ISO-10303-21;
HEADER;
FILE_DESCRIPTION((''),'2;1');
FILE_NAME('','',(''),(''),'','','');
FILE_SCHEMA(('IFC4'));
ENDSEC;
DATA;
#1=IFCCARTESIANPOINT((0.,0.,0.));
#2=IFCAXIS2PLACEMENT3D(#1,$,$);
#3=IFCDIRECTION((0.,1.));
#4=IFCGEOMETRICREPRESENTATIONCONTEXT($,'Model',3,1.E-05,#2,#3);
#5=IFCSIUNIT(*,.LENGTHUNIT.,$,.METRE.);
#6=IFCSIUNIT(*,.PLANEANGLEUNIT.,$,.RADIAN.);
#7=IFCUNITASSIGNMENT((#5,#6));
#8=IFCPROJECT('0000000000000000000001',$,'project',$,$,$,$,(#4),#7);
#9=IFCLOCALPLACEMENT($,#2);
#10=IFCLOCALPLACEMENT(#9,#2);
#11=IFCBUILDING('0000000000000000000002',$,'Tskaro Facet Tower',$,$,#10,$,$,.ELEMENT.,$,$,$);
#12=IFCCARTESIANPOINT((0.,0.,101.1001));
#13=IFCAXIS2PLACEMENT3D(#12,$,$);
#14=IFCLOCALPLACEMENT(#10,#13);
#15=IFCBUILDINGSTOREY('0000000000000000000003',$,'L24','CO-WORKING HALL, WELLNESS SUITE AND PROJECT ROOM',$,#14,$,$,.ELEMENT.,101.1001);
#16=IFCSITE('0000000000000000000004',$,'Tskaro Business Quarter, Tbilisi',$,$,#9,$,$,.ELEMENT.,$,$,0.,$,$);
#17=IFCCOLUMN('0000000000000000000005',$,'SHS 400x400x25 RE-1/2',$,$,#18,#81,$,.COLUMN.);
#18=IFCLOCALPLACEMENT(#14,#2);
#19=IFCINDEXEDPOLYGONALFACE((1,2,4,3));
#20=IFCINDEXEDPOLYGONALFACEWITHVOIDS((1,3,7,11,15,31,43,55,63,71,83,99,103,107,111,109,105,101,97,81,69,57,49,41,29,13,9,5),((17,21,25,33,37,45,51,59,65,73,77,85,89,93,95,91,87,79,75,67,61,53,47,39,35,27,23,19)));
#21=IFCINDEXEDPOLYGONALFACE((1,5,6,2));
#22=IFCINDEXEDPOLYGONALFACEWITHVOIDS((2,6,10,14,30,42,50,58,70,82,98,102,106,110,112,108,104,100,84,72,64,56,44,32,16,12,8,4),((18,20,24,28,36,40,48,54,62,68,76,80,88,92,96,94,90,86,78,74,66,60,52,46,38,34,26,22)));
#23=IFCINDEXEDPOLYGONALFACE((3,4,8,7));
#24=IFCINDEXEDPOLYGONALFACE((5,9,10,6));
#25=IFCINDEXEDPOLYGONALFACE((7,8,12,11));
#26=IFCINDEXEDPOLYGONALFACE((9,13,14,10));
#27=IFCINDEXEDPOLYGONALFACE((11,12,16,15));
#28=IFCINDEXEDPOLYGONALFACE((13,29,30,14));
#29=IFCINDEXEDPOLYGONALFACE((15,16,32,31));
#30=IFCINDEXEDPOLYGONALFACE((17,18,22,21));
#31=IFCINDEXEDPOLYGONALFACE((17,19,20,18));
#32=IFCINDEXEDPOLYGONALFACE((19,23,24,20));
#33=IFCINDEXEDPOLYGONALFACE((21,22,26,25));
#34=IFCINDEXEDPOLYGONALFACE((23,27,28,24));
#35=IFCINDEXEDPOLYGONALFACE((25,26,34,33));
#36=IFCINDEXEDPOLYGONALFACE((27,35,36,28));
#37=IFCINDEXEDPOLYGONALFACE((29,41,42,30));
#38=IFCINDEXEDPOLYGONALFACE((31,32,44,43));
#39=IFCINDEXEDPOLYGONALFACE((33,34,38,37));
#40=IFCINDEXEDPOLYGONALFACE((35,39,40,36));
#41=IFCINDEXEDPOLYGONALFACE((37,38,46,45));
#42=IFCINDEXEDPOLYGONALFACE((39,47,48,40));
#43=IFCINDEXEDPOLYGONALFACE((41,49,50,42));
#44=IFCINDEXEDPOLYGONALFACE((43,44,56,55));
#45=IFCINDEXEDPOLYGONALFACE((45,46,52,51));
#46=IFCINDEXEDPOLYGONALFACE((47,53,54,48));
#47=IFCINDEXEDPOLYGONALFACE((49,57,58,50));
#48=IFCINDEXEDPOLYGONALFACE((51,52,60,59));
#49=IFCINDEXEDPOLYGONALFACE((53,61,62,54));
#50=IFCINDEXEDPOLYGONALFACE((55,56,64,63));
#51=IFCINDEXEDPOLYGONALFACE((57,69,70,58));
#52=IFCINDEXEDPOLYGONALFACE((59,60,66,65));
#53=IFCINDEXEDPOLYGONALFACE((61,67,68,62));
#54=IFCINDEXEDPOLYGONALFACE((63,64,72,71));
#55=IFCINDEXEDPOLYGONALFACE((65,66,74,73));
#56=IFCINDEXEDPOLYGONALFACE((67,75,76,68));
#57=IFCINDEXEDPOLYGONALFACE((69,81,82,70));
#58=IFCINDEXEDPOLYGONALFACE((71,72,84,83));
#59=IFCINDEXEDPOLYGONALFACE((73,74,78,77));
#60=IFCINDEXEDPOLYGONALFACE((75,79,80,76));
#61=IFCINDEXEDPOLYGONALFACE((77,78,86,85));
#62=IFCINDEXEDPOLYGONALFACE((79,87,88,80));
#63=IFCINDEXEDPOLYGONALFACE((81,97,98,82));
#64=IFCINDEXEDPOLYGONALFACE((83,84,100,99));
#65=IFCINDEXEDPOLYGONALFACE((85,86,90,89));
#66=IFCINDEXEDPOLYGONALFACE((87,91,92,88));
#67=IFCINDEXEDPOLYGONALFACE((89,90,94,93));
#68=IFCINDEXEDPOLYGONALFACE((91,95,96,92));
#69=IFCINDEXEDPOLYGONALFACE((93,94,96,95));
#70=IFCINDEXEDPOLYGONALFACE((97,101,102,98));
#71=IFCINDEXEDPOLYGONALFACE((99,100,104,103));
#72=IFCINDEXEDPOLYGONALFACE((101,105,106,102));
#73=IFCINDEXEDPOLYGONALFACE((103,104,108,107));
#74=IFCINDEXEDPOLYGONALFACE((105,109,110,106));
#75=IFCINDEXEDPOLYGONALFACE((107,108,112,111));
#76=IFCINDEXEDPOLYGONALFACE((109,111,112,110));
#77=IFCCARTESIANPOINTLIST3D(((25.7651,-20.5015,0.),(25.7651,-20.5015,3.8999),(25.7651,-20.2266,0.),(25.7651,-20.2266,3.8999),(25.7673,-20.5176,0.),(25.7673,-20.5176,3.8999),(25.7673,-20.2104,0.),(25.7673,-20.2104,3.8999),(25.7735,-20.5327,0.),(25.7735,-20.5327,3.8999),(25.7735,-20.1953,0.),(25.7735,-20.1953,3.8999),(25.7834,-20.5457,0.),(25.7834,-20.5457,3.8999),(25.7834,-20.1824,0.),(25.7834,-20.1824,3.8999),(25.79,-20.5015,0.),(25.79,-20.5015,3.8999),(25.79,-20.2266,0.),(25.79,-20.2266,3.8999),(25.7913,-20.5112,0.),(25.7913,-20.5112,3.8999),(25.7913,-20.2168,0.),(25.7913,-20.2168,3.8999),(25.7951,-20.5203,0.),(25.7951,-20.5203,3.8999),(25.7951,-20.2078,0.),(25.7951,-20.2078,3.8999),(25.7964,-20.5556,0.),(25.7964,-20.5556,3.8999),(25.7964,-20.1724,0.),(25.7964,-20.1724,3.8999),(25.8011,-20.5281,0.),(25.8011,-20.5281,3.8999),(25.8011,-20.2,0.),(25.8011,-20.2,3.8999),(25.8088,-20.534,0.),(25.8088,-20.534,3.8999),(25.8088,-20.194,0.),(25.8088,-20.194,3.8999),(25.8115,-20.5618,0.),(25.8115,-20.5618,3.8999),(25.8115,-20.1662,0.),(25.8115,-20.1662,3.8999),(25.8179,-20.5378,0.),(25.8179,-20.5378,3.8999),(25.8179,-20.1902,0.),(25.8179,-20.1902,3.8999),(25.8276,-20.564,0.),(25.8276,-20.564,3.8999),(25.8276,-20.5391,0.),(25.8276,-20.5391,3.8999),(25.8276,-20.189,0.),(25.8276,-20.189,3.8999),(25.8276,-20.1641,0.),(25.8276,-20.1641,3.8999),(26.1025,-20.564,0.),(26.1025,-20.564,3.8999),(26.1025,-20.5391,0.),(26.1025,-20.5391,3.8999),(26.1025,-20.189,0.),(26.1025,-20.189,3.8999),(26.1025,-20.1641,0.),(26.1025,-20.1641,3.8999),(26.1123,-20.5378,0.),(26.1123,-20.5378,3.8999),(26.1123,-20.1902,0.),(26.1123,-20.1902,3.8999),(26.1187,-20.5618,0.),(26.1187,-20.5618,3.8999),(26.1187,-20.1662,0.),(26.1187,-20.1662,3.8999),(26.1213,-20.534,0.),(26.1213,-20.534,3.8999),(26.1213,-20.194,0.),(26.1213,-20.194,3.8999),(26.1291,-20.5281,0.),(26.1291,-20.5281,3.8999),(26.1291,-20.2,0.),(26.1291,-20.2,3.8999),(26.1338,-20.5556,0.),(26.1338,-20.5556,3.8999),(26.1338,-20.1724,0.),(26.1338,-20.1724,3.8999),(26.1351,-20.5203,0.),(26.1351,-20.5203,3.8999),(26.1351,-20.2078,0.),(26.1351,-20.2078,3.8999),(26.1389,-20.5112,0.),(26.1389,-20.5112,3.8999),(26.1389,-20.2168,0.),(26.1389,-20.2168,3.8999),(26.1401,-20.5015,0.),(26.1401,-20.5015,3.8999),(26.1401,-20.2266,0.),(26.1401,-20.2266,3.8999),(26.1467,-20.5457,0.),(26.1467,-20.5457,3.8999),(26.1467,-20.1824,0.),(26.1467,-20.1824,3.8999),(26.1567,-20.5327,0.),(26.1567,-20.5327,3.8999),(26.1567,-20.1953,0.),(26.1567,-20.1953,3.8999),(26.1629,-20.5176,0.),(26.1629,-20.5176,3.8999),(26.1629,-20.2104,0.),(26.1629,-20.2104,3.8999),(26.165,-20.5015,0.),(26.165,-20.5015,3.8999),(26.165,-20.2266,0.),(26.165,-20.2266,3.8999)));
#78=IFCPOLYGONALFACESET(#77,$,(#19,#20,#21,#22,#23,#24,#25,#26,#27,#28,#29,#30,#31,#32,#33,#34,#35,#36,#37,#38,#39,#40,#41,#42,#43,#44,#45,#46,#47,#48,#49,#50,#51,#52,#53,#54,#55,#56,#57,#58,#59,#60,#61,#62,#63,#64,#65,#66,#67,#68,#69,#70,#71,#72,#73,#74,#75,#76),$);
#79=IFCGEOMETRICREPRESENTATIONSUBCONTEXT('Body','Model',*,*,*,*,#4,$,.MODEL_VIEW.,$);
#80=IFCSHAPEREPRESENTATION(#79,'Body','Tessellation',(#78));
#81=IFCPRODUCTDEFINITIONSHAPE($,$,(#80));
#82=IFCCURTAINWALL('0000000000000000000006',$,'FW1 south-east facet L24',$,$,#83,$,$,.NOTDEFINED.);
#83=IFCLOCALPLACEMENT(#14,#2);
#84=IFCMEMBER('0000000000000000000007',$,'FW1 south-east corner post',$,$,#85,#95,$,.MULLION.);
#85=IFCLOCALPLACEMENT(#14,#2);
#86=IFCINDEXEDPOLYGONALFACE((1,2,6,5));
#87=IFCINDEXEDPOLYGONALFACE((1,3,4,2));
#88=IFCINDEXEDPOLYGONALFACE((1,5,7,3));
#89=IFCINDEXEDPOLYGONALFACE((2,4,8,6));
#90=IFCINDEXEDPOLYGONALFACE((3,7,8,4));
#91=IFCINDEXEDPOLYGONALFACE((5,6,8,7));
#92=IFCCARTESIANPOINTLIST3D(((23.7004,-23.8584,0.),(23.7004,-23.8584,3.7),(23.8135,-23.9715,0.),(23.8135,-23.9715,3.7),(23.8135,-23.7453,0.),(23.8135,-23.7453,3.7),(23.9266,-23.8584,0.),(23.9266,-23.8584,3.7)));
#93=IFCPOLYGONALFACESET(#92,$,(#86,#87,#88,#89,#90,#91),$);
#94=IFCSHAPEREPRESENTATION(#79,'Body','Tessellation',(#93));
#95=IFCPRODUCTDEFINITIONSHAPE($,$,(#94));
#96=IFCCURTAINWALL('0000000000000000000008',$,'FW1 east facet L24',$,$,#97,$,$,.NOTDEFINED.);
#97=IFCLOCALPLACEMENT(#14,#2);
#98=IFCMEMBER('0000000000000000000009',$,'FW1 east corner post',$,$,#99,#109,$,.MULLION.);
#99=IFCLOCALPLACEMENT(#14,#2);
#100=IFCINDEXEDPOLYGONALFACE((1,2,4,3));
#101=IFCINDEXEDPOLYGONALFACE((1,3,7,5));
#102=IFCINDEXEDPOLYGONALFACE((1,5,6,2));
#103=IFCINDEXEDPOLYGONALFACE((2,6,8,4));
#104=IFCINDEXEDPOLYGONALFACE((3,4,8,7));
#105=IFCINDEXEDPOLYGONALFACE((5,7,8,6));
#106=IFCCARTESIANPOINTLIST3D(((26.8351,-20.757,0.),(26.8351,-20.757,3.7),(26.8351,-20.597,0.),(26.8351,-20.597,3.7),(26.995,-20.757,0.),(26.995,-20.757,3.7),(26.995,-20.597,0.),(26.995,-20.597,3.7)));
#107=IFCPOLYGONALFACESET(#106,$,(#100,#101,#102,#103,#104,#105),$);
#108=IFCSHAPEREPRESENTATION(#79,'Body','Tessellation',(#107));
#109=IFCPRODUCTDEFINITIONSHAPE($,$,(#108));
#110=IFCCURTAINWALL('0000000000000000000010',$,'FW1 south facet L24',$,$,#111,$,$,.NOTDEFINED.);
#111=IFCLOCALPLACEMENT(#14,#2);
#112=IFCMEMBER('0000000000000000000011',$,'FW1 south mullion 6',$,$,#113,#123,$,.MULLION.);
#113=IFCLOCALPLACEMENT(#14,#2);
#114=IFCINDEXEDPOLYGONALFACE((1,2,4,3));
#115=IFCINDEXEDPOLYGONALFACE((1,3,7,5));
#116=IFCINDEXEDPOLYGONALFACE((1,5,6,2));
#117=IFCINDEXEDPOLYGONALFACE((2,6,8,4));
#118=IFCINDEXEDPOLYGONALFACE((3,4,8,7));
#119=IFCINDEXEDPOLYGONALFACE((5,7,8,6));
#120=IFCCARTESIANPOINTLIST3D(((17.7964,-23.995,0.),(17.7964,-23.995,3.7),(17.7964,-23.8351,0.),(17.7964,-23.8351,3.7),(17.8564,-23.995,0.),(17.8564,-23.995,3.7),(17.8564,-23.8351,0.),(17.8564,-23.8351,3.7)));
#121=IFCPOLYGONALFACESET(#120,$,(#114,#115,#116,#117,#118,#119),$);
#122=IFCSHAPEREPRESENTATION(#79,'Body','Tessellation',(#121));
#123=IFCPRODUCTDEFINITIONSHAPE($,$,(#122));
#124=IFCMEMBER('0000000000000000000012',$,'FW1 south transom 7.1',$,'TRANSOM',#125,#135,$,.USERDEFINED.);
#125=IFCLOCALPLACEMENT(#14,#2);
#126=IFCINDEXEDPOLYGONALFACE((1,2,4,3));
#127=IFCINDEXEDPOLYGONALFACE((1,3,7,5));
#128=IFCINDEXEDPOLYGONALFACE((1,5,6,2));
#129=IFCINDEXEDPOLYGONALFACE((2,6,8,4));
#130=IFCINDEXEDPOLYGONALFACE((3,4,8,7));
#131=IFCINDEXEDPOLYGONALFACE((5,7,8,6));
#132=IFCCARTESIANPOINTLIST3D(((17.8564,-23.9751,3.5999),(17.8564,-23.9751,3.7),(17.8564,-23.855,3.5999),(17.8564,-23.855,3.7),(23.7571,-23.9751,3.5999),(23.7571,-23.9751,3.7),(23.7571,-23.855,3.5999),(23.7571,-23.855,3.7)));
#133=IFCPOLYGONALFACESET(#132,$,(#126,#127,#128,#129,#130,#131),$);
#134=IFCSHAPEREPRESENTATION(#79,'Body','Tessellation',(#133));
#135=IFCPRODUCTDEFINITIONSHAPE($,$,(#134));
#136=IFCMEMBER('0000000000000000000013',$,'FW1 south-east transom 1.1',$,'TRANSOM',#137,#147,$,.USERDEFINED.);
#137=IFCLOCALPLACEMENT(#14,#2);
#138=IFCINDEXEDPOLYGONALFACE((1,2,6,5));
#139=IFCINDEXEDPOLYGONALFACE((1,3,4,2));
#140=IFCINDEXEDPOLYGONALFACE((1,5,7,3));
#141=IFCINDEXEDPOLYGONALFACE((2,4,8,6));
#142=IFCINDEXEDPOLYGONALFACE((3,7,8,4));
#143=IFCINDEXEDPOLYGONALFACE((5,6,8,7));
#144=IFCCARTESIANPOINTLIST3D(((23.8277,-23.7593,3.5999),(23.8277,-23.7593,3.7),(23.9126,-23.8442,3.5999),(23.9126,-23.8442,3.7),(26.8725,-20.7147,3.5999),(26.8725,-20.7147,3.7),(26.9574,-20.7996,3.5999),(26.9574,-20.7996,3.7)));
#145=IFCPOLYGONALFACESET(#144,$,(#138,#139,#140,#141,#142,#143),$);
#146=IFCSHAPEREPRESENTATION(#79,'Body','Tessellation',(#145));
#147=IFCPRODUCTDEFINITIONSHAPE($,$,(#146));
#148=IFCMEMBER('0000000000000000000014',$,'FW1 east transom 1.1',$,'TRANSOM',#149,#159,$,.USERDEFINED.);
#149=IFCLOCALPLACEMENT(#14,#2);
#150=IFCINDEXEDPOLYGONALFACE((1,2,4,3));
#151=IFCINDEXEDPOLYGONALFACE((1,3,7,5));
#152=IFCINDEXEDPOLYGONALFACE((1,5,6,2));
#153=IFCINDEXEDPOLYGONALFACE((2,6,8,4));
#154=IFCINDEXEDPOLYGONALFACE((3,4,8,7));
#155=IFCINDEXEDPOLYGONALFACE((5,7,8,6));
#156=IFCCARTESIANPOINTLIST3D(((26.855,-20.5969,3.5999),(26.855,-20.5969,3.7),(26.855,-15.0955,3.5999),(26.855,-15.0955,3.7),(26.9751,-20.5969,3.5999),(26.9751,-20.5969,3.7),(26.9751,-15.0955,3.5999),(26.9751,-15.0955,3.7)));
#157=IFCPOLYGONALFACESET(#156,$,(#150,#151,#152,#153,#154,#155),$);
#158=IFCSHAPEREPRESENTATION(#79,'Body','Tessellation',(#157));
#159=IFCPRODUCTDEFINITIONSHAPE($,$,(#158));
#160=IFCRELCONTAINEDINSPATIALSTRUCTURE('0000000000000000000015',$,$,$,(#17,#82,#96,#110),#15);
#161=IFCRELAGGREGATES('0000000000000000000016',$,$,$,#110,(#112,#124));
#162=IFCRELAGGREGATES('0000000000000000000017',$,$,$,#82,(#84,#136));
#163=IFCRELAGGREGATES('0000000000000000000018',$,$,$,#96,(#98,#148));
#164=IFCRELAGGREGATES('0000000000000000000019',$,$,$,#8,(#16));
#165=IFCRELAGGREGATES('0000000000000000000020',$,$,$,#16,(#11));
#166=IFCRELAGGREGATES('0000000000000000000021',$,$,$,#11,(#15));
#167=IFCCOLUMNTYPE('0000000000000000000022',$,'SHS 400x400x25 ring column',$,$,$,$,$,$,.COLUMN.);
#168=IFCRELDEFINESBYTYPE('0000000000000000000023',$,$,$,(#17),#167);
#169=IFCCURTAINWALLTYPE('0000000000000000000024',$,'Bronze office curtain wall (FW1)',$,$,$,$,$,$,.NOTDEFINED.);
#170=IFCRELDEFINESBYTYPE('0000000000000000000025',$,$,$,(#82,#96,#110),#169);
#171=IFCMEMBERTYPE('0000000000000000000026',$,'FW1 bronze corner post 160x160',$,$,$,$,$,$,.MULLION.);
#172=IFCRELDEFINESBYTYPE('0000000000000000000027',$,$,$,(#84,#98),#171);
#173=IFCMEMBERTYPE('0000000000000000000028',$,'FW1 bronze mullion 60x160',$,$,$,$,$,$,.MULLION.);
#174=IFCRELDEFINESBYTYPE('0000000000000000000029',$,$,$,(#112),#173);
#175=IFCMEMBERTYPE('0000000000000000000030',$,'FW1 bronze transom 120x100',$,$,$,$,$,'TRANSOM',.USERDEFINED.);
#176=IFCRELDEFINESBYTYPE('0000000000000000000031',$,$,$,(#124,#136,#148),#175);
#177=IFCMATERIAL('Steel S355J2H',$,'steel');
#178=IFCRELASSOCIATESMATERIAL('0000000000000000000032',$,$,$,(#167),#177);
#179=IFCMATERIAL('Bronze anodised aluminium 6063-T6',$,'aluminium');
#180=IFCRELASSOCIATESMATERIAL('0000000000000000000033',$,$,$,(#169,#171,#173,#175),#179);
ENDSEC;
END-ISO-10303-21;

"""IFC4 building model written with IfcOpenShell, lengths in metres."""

from ifc_helpers import new_model, si_unit, direction, frame, origin, origin_2d, place, context, subcontext, project, spatial, rectangle, hollow_rectangle, extrude, material, material_profile, profile_set, type_object, element, aggregate, save


model = new_model("IFC4")

# Units and contexts
model_context = context("Model", 3, precision=1e-05, world=origin(), true_north=direction((0.0, 1.0)))
body_context = subcontext(model_context, "Body", "Model", "MODEL_VIEW")
ifc_project = project(units=[si_unit("LENGTHUNIT", "METRE"), si_unit("PLANEANGLEUNIT", "RADIAN")], contexts=[model_context])

# Site, building, storey
site_placement = place(None, origin())
site = spatial("IfcSite", under=ifc_project, at=site_placement, Name="Tskaro Business Quarter, Tbilisi", CompositionType="ELEMENT", RefElevation=0.0)
building_placement = place(site_placement, origin())
building = spatial("IfcBuilding", under=site, at=building_placement, Name="Tskaro Facet Tower", CompositionType="ELEMENT")
storey_placement = place(building_placement, frame((0.0, 0.0, 101.1001)))
storey = spatial("IfcBuildingStorey", under=building, at=storey_placement, Name="L24", Description="CO-WORKING HALL, WELLNESS SUITE AND PROJECT ROOM", CompositionType="ELEMENT", Elevation=101.1001)

# Column
ifc_material_1 = material(Name="Steel S355J2H", Category="steel")
ifc_material_profile_1 = material_profile(ifc_material_1, hollow_rectangle(XDim=0.3999, YDim=0.3999, WallThickness=0.0249, InnerFilletRadius=0.0376, OuterFilletRadius=0.0625, at=origin_2d()), Name="SHS 400x400x25")
ifc_profile_set_1 = profile_set([ifc_material_profile_1], Name="Steel S355J2H")
column_type_1 = type_object("IfcColumnType", Name="SHS 400x400x25 ring column", PredefinedType="COLUMN", material=ifc_profile_set_1)
for number, where, z_axis, x_axis, name in (
    (1, (25.9651, -20.364, 0.0), (0.0, 0.0, 1.0), (1.0, 0.0, 0.0), "SHS 400x400x25 RE-1/2"),
):
    element("IfcColumn", number, at=place(storey_placement, frame(where, z_axis=z_axis, x_axis=x_axis)), inside=storey, type_object=column_type_1, Name=name, PredefinedType="COLUMN", context=body_context, shape_type="SweptSolid", body=[
        extrude(hollow_rectangle(XDim=0.3999, YDim=0.3999, WallThickness=0.0249, InnerFilletRadius=0.0376, OuterFilletRadius=0.0625, at=origin_2d()), origin(), (0.0, 0.0, 1.0), 3.8999),
    ])

# Curtain walls, members
ifc_material_2 = material(Name="Bronze anodised aluminium 6063-T6", Category="aluminium")
curtain_wall_type = type_object("IfcCurtainWallType", Name="Bronze office curtain wall (FW1)", PredefinedType="NOTDEFINED", material=ifc_material_2)
curtain_wall_1_placement = place(storey_placement, origin())
curtain_wall_1 = element("IfcCurtainWall", 2, at=curtain_wall_1_placement, inside=storey, type_object=curtain_wall_type, Name="FW1 south-east facet L24", PredefinedType="NOTDEFINED")
ifc_material_profile_2 = material_profile(ifc_material_2, rectangle(XDim=0.1599, YDim=0.1599, at=origin_2d()), Name="Corner post 160x160")
ifc_profile_set_2 = profile_set([ifc_material_profile_2], Name="Bronze anodised aluminium 6063-T6")
member_type_1 = type_object("IfcMemberType", Name="FW1 bronze corner post 160x160", PredefinedType="MULLION", material=ifc_profile_set_2)
member_1_placement = place(storey_placement, frame((23.8135, -23.8584, 0.0), z_axis=(0.0, 0.0, 1.0), x_axis=(0.707107, 0.707107, 0.0)))
member_1 = element("IfcMember", 3, at=member_1_placement, type_object=member_type_1, Name="FW1 south-east corner post", PredefinedType="MULLION", context=body_context, shape_type="SweptSolid", body=[
    extrude(rectangle(XDim=0.1599, YDim=0.1599, at=origin_2d()), origin(), (0.0, 0.0, 1.0), 3.7),
])
curtain_wall_2_placement = place(storey_placement, origin())
curtain_wall_2 = element("IfcCurtainWall", 4, at=curtain_wall_2_placement, inside=storey, type_object=curtain_wall_type, Name="FW1 east facet L24", PredefinedType="NOTDEFINED")
member_2_placement = place(storey_placement, frame((26.915, -20.677, 0.0), z_axis=(0.0, 0.0, 1.0), x_axis=(0.0, 1.0, 0.0)))
member_2 = element("IfcMember", 5, at=member_2_placement, type_object=member_type_1, Name="FW1 east corner post", PredefinedType="MULLION", context=body_context, shape_type="SweptSolid", body=[
    extrude(rectangle(XDim=0.1599, YDim=0.1599, at=origin_2d()), origin(), (0.0, 0.0, 1.0), 3.7),
])

# Curtain wall, members
curtain_wall_3_placement = place(storey_placement, origin())
curtain_wall_3 = element("IfcCurtainWall", 6, at=curtain_wall_3_placement, inside=storey, type_object=curtain_wall_type, Name="FW1 south facet L24", PredefinedType="NOTDEFINED")
ifc_material_profile_3 = material_profile(ifc_material_2, rectangle(XDim=0.0601, YDim=0.1599, at=origin_2d()), Name="Mullion 60x160")
ifc_profile_set_3 = profile_set([ifc_material_profile_3], Name="Bronze anodised aluminium 6063-T6")
member_type_2 = type_object("IfcMemberType", Name="FW1 bronze mullion 60x160", PredefinedType="MULLION", material=ifc_profile_set_3)
member_3_placement = place(storey_placement, frame((17.8264, -23.915, 0.0), z_axis=(0.0, 0.0, 1.0), x_axis=(1.0, 0.0, 0.0)))
member_3 = element("IfcMember", 7, at=member_3_placement, type_object=member_type_2, Name="FW1 south mullion 6", PredefinedType="MULLION", context=body_context, shape_type="SweptSolid", body=[
    extrude(rectangle(XDim=0.0601, YDim=0.1599, at=origin_2d()), origin(), (0.0, 0.0, 1.0), 3.7),
])
ifc_material_profile_4 = material_profile(ifc_material_2, rectangle(XDim=0.1201, YDim=0.1001, at=origin_2d()), Name="Transom 120x100")
ifc_profile_set_4 = profile_set([ifc_material_profile_4], Name="Bronze anodised aluminium 6063-T6")
member_type_3 = type_object("IfcMemberType", Name="FW1 bronze transom 120x100", ElementType="TRANSOM", PredefinedType="USERDEFINED", material=ifc_profile_set_4)
member_4_placement = place(storey_placement, frame((17.8564, -23.915, 3.6499), z_axis=(1.0, 0.0, 0.0), x_axis=(0.0, 1.0, 0.0)))
member_4 = element("IfcMember", 8, at=member_4_placement, type_object=member_type_3, Name="FW1 south transom 7.1", ObjectType="TRANSOM", PredefinedType="USERDEFINED", context=body_context, shape_type="SweptSolid", body=[
    extrude(rectangle(XDim=0.1201, YDim=0.1001, at=origin_2d()), origin(), (0.0, 0.0, 1.0), 5.9006),
])

# Members
member_5_placement = place(storey_placement, frame((23.8701, -23.8018, 3.6499), z_axis=(0.707135, 0.707078, 0.0), x_axis=(-0.707078, 0.707135, 0.0)))
member_5 = element("IfcMember", 9, at=member_5_placement, type_object=member_type_3, Name="FW1 south-east transom 1.1", ObjectType="TRANSOM", PredefinedType="USERDEFINED", context=body_context, shape_type="SweptSolid", body=[
    extrude(rectangle(XDim=0.1201, YDim=0.1001, at=origin_2d()), origin(), (0.0, 0.0, 1.0), 4.3059),
])
member_6_placement = place(storey_placement, frame((26.915, -20.5969, 3.6499), z_axis=(0.0, 1.0, 0.0), x_axis=(-1.0, 0.0, 0.0)))
member_6 = element("IfcMember", 10, at=member_6_placement, type_object=member_type_3, Name="FW1 east transom 1.1", ObjectType="TRANSOM", PredefinedType="USERDEFINED", context=body_context, shape_type="SweptSolid", body=[
    extrude(rectangle(XDim=0.1201, YDim=0.1001, at=origin_2d()), origin(), (0.0, 0.0, 1.0), 5.5015),
])

aggregate(curtain_wall_3, [member_3, member_4])
aggregate(curtain_wall_1, [member_1, member_5])
aggregate(curtain_wall_2, [member_2, member_6])

save(model, "model.ifc")
